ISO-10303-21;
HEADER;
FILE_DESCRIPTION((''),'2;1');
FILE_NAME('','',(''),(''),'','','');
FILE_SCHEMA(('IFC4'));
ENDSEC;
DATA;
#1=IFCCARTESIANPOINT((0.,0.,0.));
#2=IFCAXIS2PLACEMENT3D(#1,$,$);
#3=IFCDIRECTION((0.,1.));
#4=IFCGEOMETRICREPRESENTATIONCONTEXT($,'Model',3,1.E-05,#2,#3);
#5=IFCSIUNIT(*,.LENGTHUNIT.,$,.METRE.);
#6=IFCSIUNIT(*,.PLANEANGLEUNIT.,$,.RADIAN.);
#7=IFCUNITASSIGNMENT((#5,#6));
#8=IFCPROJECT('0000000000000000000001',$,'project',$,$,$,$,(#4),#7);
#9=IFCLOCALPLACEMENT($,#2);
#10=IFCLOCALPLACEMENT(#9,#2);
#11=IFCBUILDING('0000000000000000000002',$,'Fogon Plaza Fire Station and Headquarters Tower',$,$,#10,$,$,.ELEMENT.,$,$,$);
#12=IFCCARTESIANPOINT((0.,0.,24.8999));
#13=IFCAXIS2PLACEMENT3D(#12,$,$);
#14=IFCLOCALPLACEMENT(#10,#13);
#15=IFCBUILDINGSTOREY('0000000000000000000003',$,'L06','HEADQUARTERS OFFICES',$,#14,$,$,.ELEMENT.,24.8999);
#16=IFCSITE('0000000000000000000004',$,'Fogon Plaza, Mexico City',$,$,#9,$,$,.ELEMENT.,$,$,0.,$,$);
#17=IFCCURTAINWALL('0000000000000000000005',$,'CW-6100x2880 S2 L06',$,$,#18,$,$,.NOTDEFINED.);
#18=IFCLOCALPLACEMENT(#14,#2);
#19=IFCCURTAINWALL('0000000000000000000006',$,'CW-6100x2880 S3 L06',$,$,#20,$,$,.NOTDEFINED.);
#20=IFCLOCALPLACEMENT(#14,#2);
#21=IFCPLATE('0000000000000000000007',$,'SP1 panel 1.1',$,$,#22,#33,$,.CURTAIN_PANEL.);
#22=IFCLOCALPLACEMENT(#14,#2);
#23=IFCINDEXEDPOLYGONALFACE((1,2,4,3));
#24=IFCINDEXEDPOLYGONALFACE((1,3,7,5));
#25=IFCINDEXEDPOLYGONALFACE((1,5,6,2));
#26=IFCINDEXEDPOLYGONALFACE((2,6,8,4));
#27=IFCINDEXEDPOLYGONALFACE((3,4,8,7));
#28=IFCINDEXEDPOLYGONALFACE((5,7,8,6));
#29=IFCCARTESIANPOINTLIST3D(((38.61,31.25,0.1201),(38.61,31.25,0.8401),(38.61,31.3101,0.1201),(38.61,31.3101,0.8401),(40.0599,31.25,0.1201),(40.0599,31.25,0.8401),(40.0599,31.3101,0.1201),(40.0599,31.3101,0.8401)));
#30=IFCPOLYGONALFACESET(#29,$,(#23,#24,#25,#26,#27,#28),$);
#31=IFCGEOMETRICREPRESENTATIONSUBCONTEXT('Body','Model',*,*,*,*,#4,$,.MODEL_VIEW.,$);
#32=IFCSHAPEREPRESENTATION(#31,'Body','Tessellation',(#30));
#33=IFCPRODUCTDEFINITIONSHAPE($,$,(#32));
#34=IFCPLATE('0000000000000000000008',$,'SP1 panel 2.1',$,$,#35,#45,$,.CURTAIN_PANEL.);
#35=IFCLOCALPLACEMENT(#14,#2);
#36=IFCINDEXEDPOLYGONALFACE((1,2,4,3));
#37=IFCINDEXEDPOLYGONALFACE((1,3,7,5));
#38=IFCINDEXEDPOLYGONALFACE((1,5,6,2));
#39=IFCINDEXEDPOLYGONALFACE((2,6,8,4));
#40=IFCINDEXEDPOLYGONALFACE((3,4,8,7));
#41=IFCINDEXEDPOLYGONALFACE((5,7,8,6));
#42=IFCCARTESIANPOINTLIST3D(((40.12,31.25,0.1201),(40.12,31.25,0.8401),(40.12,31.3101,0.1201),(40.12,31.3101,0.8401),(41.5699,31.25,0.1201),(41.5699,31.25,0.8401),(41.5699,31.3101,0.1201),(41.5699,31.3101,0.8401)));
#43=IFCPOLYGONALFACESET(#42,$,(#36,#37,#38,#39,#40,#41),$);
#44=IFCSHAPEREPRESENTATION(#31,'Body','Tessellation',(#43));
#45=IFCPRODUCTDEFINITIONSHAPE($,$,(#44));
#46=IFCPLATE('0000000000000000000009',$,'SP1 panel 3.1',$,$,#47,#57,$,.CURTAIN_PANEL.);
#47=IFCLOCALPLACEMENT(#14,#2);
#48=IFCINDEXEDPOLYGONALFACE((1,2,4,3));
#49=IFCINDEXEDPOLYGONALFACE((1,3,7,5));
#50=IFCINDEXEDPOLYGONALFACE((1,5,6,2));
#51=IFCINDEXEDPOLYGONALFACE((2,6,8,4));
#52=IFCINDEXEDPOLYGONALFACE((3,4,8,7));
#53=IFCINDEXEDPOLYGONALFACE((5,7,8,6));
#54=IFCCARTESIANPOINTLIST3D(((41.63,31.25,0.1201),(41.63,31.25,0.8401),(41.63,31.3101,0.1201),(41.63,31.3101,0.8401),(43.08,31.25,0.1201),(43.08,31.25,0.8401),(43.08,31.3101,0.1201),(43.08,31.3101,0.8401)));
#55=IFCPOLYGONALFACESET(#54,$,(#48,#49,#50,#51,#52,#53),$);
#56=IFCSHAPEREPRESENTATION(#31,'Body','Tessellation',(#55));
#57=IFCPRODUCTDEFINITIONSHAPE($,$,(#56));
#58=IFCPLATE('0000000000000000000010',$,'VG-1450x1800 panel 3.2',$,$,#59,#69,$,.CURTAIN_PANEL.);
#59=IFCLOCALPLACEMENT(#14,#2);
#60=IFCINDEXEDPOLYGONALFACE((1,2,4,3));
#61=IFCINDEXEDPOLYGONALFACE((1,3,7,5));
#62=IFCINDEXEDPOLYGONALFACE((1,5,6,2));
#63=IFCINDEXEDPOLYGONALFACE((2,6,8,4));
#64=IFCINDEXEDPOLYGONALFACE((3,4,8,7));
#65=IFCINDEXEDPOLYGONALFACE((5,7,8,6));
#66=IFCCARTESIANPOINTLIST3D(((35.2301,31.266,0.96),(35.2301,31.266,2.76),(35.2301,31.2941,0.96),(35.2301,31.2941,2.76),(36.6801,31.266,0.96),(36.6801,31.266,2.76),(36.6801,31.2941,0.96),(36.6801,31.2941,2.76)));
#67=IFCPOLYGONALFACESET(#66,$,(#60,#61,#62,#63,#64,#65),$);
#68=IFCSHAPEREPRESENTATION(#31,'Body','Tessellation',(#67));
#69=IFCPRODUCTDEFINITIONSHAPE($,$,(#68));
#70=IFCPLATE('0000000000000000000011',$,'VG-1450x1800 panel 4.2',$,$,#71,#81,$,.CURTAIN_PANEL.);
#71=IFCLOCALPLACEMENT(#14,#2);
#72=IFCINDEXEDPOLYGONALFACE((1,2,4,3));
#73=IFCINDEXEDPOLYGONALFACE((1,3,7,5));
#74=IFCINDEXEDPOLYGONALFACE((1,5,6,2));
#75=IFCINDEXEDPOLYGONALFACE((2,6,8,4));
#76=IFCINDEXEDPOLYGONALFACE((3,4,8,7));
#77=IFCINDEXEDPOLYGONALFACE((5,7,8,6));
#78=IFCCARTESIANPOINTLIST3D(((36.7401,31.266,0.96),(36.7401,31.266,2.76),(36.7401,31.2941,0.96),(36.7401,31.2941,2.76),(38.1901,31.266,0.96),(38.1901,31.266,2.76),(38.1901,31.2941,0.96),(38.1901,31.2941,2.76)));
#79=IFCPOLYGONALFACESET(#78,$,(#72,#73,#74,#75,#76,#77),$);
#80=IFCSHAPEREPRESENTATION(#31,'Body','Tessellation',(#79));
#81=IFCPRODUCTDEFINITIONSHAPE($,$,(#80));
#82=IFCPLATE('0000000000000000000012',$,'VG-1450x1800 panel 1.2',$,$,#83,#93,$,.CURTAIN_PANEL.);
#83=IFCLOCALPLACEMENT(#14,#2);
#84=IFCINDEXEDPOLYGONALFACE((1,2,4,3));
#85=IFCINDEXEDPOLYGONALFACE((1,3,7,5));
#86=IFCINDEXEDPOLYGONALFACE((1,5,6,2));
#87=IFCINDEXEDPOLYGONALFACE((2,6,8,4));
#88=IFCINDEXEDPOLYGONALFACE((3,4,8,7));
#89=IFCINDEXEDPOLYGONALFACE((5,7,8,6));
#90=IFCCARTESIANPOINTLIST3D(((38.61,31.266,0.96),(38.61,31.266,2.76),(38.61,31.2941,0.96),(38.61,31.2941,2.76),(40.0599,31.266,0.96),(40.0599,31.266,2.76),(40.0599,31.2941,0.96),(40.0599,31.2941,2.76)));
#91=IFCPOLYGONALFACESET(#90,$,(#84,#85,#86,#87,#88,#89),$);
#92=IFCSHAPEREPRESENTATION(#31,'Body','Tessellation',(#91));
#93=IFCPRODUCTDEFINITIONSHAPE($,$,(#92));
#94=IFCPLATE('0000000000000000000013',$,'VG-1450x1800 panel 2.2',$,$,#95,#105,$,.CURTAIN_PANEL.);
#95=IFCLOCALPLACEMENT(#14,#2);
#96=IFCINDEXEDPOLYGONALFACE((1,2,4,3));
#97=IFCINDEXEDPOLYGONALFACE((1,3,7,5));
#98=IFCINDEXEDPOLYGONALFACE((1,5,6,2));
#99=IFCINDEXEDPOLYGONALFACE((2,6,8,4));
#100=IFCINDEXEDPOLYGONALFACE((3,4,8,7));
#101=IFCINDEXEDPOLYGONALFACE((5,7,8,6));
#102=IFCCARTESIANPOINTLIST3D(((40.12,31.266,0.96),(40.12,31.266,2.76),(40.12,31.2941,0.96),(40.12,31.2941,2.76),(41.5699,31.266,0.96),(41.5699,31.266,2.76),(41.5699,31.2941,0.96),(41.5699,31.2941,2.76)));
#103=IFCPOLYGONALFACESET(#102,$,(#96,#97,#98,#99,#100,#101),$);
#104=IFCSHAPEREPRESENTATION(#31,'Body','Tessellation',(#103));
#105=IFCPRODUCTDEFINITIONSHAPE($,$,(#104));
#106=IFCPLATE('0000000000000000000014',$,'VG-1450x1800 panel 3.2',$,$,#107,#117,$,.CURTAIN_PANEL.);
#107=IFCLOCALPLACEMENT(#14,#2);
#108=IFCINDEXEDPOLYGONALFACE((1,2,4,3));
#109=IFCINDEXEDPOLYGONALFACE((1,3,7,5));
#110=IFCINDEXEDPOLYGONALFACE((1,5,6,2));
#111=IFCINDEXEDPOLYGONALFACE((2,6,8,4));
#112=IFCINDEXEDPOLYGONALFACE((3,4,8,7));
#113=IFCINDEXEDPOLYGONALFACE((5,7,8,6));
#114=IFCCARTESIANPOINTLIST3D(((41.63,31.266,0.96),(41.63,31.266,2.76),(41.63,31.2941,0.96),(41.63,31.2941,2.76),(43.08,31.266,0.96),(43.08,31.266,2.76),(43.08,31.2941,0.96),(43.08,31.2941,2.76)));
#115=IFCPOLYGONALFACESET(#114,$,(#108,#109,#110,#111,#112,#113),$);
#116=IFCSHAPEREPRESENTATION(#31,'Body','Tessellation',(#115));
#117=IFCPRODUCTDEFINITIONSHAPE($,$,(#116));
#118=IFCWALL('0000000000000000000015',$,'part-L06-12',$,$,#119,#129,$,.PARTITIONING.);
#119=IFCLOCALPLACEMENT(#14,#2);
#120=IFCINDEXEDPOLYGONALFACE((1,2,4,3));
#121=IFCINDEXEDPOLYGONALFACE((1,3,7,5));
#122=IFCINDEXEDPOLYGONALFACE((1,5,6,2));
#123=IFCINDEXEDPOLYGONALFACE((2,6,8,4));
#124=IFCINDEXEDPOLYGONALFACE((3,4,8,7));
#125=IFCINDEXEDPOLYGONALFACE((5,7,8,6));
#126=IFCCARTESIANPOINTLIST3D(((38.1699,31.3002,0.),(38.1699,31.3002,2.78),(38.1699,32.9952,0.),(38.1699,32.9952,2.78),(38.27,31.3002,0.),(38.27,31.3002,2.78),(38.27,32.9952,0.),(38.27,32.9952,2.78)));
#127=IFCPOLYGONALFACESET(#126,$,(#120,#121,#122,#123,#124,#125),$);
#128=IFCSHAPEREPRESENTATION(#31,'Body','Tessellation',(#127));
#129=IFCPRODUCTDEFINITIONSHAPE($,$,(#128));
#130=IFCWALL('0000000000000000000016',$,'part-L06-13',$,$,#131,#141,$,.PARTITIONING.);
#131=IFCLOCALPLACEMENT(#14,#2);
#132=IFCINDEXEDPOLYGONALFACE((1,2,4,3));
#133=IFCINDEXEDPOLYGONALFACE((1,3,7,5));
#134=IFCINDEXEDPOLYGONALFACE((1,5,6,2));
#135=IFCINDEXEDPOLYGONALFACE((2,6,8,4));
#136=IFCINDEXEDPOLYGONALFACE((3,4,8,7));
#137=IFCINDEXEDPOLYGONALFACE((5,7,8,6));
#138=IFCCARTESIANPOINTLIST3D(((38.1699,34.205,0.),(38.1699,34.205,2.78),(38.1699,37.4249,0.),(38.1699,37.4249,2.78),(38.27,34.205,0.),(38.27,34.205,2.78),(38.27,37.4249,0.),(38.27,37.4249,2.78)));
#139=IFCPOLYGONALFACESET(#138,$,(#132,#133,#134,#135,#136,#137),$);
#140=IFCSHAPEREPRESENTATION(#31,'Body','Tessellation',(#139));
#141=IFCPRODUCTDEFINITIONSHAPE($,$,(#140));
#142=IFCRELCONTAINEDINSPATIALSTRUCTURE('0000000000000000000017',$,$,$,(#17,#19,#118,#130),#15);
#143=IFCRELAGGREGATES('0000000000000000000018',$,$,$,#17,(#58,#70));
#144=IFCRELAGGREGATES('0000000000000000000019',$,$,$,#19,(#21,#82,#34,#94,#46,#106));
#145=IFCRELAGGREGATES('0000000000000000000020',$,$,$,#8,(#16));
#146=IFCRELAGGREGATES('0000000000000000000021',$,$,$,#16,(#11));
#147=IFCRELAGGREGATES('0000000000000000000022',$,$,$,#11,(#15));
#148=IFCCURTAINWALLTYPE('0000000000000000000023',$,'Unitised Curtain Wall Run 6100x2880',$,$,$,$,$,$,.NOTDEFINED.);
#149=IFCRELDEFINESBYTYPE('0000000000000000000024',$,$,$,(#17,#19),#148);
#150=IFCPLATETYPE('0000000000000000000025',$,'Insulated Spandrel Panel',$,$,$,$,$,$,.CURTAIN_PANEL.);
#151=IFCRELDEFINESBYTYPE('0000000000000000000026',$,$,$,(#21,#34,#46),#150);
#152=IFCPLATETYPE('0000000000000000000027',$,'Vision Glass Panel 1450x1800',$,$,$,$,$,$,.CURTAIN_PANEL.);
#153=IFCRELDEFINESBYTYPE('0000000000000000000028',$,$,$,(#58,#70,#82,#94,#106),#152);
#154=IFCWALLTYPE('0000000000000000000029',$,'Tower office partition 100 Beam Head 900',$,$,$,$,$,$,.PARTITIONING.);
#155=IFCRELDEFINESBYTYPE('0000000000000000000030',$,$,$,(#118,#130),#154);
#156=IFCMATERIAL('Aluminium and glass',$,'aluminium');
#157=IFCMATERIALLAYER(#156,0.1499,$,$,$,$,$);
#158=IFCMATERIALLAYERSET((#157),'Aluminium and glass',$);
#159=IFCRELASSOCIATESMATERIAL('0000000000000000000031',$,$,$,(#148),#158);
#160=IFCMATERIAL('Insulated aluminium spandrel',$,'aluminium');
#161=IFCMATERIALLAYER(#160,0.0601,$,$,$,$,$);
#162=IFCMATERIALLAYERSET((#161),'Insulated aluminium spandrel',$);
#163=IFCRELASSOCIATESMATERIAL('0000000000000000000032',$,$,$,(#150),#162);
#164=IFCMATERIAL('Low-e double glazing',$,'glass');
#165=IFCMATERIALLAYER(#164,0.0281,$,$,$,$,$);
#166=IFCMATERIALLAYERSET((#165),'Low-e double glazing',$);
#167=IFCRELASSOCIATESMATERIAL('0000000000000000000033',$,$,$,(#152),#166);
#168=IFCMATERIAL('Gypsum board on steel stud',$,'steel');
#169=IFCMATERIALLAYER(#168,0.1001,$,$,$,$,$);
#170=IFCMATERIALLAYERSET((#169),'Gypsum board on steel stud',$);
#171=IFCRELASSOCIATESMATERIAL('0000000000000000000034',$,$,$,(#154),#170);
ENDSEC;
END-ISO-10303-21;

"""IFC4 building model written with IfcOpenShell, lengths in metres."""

from ifc_helpers import new_model, si_unit, direction, frame, frame_2d, origin, origin_2d, place, context, subcontext, project, spatial, rectangle, extrude, material, layer, layer_set, type_object, element, aggregate, save


model = new_model("IFC4")

# Units and contexts
model_context = context("Model", 3, precision=1e-05, world=origin(), true_north=direction((0.0, 1.0)))
body_context = subcontext(model_context, "Body", "Model", "MODEL_VIEW")
ifc_project = project(units=[si_unit("LENGTHUNIT", "METRE"), si_unit("PLANEANGLEUNIT", "RADIAN")], contexts=[model_context])

# Site, building, storey
site_placement = place(None, origin())
site = spatial("IfcSite", under=ifc_project, at=site_placement, Name="Fogon Plaza, Mexico City", CompositionType="ELEMENT", RefElevation=0.0)
building_placement = place(site_placement, origin())
building = spatial("IfcBuilding", under=site, at=building_placement, Name="Fogon Plaza Fire Station and Headquarters Tower", CompositionType="ELEMENT")
storey_placement = place(building_placement, frame((0.0, 0.0, 24.8999)))
storey = spatial("IfcBuildingStorey", under=building, at=storey_placement, Name="L06", Description="HEADQUARTERS OFFICES", CompositionType="ELEMENT", Elevation=24.8999)

# Curtain walls
ifc_material_1 = material(Name="Aluminium and glass", Category="aluminium")
ifc_layer_1 = layer(ifc_material_1, 0.1499)
ifc_layer_set_1 = layer_set([ifc_layer_1], Name="Aluminium and glass")
curtain_wall_type = type_object("IfcCurtainWallType", Name="Unitised Curtain Wall Run 6100x2880", PredefinedType="NOTDEFINED", material=ifc_layer_set_1)
curtain_wall_1_placement = place(storey_placement, origin())
curtain_wall_1 = element("IfcCurtainWall", 1, at=curtain_wall_1_placement, inside=storey, type_object=curtain_wall_type, Name="CW-6100x2880 S2 L06", PredefinedType="NOTDEFINED")
curtain_wall_2_placement = place(storey_placement, origin())
curtain_wall_2 = element("IfcCurtainWall", 2, at=curtain_wall_2_placement, inside=storey, type_object=curtain_wall_type, Name="CW-6100x2880 S3 L06", PredefinedType="NOTDEFINED")

# Plates
ifc_material_2 = material(Name="Insulated aluminium spandrel", Category="aluminium")
ifc_layer_2 = layer(ifc_material_2, 0.0601)
ifc_layer_set_2 = layer_set([ifc_layer_2], Name="Insulated aluminium spandrel")
plate_type_1 = type_object("IfcPlateType", Name="Insulated Spandrel Panel", PredefinedType="CURTAIN_PANEL", material=ifc_layer_set_2)
plate_1_placement = place(storey_placement, frame((39.335, 31.28, 0.1201), z_axis=(0.0, 0.0, 1.0), x_axis=(1.0, 0.0, 0.0)))
plate_1 = element("IfcPlate", 3, at=plate_1_placement, type_object=plate_type_1, Name="SP1 panel 1.1", PredefinedType="CURTAIN_PANEL", context=body_context, shape_type="SweptSolid", body=[
    extrude(rectangle(XDim=1.45, YDim=0.0601, at=origin_2d()), origin(), (0.0, 0.0, 1.0), 0.72),
])
plate_2_placement = place(storey_placement, frame((40.845, 31.28, 0.1201), z_axis=(0.0, 0.0, 1.0), x_axis=(1.0, 0.0, 0.0)))
plate_2 = element("IfcPlate", 4, at=plate_2_placement, type_object=plate_type_1, Name="SP1 panel 2.1", PredefinedType="CURTAIN_PANEL", context=body_context, shape_type="SweptSolid", body=[
    extrude(rectangle(XDim=1.45, YDim=0.0601, at=origin_2d()), origin(), (0.0, 0.0, 1.0), 0.72),
])
plate_3_placement = place(storey_placement, frame((42.355, 31.28, 0.1201), z_axis=(0.0, 0.0, 1.0), x_axis=(1.0, 0.0, 0.0)))
plate_3 = element("IfcPlate", 5, at=plate_3_placement, type_object=plate_type_1, Name="SP1 panel 3.1", PredefinedType="CURTAIN_PANEL", context=body_context, shape_type="SweptSolid", body=[
    extrude(rectangle(XDim=1.45, YDim=0.0601, at=origin_2d()), origin(), (0.0, 0.0, 1.0), 0.72),
])
ifc_material_3 = material(Name="Low-e double glazing", Category="glass")
ifc_layer_3 = layer(ifc_material_3, 0.0281)
ifc_layer_set_3 = layer_set([ifc_layer_3], Name="Low-e double glazing")
plate_type_2 = type_object("IfcPlateType", Name="Vision Glass Panel 1450x1800", PredefinedType="CURTAIN_PANEL", material=ifc_layer_set_3)
plate_4_placement = place(storey_placement, frame((35.9551, 31.28, 0.96), z_axis=(0.0, 0.0, 1.0), x_axis=(1.0, 0.0, 0.0)))
plate_4 = element("IfcPlate", 6, at=plate_4_placement, type_object=plate_type_2, Name="VG-1450x1800 panel 3.2", PredefinedType="CURTAIN_PANEL", context=body_context, shape_type="SweptSolid", body=[
    extrude(rectangle(XDim=1.45, YDim=0.0281, at=origin_2d()), origin(), (0.0, 0.0, 1.0), 1.8),
])
plate_5_placement = place(storey_placement, frame((37.4651, 31.28, 0.96), z_axis=(0.0, 0.0, 1.0), x_axis=(1.0, 0.0, 0.0)))
plate_5 = element("IfcPlate", 7, at=plate_5_placement, type_object=plate_type_2, Name="VG-1450x1800 panel 4.2", PredefinedType="CURTAIN_PANEL", context=body_context, shape_type="SweptSolid", body=[
    extrude(rectangle(XDim=1.45, YDim=0.0281, at=origin_2d()), origin(), (0.0, 0.0, 1.0), 1.8),
])
aggregate(curtain_wall_1, [plate_4, plate_5])
plate_6_placement = place(storey_placement, frame((39.335, 31.28, 0.96), z_axis=(0.0, 0.0, 1.0), x_axis=(1.0, 0.0, 0.0)))
plate_6 = element("IfcPlate", 8, at=plate_6_placement, type_object=plate_type_2, Name="VG-1450x1800 panel 1.2", PredefinedType="CURTAIN_PANEL", context=body_context, shape_type="SweptSolid", body=[
    extrude(rectangle(XDim=1.45, YDim=0.0281, at=origin_2d()), origin(), (0.0, 0.0, 1.0), 1.8),
])
plate_7_placement = place(storey_placement, frame((40.845, 31.28, 0.96), z_axis=(0.0, 0.0, 1.0), x_axis=(1.0, 0.0, 0.0)))
plate_7 = element("IfcPlate", 9, at=plate_7_placement, type_object=plate_type_2, Name="VG-1450x1800 panel 2.2", PredefinedType="CURTAIN_PANEL", context=body_context, shape_type="SweptSolid", body=[
    extrude(rectangle(XDim=1.45, YDim=0.0281, at=origin_2d()), origin(), (0.0, 0.0, 1.0), 1.8),
])
plate_8_placement = place(storey_placement, frame((42.355, 31.28, 0.96), z_axis=(0.0, 0.0, 1.0), x_axis=(1.0, 0.0, 0.0)))
plate_8 = element("IfcPlate", 10, at=plate_8_placement, type_object=plate_type_2, Name="VG-1450x1800 panel 3.2", PredefinedType="CURTAIN_PANEL", context=body_context, shape_type="SweptSolid", body=[
    extrude(rectangle(XDim=1.45, YDim=0.0281, at=origin_2d()), origin(), (0.0, 0.0, 1.0), 1.8),
])
aggregate(curtain_wall_2, [plate_1, plate_6, plate_2, plate_7, plate_3, plate_8])

# Walls
ifc_material_4 = material(Name="Gypsum board on steel stud", Category="steel")
ifc_layer_4 = layer(ifc_material_4, 0.1001)
ifc_layer_set_4 = layer_set([ifc_layer_4], Name="Gypsum board on steel stud")
wall_type = type_object("IfcWallType", Name="Tower office partition 100 Beam Head 900", PredefinedType="PARTITIONING", material=ifc_layer_set_4)
wall_1_placement = place(storey_placement, frame((38.22, 31.3, 0.0), z_axis=(0.0, 0.0, 1.0), x_axis=(0.0, 1.0, 0.0)))
element("IfcWall", 11, at=wall_1_placement, inside=storey, type_object=wall_type, Name="part-L06-12", PredefinedType="PARTITIONING", context=body_context, shape_type="SweptSolid", body=[
    extrude(rectangle(XDim=1.6951, YDim=0.1001, at=frame_2d((0.8477, 0.0))), origin(), (0.0, 0.0, 1.0), 2.78),
])
wall_2_placement = place(storey_placement, frame((38.22, 34.2051, 0.0), z_axis=(0.0, 0.0, 1.0), x_axis=(0.0, 1.0, 0.0)))
element("IfcWall", 12, at=wall_2_placement, inside=storey, type_object=wall_type, Name="part-L06-13", PredefinedType="PARTITIONING", context=body_context, shape_type="SweptSolid", body=[
    extrude(rectangle(XDim=3.22, YDim=0.1001, at=frame_2d((1.6099, 0.0))), origin(), (0.0, 0.0, 1.0), 2.78),
])

save(model, "model.ifc")
